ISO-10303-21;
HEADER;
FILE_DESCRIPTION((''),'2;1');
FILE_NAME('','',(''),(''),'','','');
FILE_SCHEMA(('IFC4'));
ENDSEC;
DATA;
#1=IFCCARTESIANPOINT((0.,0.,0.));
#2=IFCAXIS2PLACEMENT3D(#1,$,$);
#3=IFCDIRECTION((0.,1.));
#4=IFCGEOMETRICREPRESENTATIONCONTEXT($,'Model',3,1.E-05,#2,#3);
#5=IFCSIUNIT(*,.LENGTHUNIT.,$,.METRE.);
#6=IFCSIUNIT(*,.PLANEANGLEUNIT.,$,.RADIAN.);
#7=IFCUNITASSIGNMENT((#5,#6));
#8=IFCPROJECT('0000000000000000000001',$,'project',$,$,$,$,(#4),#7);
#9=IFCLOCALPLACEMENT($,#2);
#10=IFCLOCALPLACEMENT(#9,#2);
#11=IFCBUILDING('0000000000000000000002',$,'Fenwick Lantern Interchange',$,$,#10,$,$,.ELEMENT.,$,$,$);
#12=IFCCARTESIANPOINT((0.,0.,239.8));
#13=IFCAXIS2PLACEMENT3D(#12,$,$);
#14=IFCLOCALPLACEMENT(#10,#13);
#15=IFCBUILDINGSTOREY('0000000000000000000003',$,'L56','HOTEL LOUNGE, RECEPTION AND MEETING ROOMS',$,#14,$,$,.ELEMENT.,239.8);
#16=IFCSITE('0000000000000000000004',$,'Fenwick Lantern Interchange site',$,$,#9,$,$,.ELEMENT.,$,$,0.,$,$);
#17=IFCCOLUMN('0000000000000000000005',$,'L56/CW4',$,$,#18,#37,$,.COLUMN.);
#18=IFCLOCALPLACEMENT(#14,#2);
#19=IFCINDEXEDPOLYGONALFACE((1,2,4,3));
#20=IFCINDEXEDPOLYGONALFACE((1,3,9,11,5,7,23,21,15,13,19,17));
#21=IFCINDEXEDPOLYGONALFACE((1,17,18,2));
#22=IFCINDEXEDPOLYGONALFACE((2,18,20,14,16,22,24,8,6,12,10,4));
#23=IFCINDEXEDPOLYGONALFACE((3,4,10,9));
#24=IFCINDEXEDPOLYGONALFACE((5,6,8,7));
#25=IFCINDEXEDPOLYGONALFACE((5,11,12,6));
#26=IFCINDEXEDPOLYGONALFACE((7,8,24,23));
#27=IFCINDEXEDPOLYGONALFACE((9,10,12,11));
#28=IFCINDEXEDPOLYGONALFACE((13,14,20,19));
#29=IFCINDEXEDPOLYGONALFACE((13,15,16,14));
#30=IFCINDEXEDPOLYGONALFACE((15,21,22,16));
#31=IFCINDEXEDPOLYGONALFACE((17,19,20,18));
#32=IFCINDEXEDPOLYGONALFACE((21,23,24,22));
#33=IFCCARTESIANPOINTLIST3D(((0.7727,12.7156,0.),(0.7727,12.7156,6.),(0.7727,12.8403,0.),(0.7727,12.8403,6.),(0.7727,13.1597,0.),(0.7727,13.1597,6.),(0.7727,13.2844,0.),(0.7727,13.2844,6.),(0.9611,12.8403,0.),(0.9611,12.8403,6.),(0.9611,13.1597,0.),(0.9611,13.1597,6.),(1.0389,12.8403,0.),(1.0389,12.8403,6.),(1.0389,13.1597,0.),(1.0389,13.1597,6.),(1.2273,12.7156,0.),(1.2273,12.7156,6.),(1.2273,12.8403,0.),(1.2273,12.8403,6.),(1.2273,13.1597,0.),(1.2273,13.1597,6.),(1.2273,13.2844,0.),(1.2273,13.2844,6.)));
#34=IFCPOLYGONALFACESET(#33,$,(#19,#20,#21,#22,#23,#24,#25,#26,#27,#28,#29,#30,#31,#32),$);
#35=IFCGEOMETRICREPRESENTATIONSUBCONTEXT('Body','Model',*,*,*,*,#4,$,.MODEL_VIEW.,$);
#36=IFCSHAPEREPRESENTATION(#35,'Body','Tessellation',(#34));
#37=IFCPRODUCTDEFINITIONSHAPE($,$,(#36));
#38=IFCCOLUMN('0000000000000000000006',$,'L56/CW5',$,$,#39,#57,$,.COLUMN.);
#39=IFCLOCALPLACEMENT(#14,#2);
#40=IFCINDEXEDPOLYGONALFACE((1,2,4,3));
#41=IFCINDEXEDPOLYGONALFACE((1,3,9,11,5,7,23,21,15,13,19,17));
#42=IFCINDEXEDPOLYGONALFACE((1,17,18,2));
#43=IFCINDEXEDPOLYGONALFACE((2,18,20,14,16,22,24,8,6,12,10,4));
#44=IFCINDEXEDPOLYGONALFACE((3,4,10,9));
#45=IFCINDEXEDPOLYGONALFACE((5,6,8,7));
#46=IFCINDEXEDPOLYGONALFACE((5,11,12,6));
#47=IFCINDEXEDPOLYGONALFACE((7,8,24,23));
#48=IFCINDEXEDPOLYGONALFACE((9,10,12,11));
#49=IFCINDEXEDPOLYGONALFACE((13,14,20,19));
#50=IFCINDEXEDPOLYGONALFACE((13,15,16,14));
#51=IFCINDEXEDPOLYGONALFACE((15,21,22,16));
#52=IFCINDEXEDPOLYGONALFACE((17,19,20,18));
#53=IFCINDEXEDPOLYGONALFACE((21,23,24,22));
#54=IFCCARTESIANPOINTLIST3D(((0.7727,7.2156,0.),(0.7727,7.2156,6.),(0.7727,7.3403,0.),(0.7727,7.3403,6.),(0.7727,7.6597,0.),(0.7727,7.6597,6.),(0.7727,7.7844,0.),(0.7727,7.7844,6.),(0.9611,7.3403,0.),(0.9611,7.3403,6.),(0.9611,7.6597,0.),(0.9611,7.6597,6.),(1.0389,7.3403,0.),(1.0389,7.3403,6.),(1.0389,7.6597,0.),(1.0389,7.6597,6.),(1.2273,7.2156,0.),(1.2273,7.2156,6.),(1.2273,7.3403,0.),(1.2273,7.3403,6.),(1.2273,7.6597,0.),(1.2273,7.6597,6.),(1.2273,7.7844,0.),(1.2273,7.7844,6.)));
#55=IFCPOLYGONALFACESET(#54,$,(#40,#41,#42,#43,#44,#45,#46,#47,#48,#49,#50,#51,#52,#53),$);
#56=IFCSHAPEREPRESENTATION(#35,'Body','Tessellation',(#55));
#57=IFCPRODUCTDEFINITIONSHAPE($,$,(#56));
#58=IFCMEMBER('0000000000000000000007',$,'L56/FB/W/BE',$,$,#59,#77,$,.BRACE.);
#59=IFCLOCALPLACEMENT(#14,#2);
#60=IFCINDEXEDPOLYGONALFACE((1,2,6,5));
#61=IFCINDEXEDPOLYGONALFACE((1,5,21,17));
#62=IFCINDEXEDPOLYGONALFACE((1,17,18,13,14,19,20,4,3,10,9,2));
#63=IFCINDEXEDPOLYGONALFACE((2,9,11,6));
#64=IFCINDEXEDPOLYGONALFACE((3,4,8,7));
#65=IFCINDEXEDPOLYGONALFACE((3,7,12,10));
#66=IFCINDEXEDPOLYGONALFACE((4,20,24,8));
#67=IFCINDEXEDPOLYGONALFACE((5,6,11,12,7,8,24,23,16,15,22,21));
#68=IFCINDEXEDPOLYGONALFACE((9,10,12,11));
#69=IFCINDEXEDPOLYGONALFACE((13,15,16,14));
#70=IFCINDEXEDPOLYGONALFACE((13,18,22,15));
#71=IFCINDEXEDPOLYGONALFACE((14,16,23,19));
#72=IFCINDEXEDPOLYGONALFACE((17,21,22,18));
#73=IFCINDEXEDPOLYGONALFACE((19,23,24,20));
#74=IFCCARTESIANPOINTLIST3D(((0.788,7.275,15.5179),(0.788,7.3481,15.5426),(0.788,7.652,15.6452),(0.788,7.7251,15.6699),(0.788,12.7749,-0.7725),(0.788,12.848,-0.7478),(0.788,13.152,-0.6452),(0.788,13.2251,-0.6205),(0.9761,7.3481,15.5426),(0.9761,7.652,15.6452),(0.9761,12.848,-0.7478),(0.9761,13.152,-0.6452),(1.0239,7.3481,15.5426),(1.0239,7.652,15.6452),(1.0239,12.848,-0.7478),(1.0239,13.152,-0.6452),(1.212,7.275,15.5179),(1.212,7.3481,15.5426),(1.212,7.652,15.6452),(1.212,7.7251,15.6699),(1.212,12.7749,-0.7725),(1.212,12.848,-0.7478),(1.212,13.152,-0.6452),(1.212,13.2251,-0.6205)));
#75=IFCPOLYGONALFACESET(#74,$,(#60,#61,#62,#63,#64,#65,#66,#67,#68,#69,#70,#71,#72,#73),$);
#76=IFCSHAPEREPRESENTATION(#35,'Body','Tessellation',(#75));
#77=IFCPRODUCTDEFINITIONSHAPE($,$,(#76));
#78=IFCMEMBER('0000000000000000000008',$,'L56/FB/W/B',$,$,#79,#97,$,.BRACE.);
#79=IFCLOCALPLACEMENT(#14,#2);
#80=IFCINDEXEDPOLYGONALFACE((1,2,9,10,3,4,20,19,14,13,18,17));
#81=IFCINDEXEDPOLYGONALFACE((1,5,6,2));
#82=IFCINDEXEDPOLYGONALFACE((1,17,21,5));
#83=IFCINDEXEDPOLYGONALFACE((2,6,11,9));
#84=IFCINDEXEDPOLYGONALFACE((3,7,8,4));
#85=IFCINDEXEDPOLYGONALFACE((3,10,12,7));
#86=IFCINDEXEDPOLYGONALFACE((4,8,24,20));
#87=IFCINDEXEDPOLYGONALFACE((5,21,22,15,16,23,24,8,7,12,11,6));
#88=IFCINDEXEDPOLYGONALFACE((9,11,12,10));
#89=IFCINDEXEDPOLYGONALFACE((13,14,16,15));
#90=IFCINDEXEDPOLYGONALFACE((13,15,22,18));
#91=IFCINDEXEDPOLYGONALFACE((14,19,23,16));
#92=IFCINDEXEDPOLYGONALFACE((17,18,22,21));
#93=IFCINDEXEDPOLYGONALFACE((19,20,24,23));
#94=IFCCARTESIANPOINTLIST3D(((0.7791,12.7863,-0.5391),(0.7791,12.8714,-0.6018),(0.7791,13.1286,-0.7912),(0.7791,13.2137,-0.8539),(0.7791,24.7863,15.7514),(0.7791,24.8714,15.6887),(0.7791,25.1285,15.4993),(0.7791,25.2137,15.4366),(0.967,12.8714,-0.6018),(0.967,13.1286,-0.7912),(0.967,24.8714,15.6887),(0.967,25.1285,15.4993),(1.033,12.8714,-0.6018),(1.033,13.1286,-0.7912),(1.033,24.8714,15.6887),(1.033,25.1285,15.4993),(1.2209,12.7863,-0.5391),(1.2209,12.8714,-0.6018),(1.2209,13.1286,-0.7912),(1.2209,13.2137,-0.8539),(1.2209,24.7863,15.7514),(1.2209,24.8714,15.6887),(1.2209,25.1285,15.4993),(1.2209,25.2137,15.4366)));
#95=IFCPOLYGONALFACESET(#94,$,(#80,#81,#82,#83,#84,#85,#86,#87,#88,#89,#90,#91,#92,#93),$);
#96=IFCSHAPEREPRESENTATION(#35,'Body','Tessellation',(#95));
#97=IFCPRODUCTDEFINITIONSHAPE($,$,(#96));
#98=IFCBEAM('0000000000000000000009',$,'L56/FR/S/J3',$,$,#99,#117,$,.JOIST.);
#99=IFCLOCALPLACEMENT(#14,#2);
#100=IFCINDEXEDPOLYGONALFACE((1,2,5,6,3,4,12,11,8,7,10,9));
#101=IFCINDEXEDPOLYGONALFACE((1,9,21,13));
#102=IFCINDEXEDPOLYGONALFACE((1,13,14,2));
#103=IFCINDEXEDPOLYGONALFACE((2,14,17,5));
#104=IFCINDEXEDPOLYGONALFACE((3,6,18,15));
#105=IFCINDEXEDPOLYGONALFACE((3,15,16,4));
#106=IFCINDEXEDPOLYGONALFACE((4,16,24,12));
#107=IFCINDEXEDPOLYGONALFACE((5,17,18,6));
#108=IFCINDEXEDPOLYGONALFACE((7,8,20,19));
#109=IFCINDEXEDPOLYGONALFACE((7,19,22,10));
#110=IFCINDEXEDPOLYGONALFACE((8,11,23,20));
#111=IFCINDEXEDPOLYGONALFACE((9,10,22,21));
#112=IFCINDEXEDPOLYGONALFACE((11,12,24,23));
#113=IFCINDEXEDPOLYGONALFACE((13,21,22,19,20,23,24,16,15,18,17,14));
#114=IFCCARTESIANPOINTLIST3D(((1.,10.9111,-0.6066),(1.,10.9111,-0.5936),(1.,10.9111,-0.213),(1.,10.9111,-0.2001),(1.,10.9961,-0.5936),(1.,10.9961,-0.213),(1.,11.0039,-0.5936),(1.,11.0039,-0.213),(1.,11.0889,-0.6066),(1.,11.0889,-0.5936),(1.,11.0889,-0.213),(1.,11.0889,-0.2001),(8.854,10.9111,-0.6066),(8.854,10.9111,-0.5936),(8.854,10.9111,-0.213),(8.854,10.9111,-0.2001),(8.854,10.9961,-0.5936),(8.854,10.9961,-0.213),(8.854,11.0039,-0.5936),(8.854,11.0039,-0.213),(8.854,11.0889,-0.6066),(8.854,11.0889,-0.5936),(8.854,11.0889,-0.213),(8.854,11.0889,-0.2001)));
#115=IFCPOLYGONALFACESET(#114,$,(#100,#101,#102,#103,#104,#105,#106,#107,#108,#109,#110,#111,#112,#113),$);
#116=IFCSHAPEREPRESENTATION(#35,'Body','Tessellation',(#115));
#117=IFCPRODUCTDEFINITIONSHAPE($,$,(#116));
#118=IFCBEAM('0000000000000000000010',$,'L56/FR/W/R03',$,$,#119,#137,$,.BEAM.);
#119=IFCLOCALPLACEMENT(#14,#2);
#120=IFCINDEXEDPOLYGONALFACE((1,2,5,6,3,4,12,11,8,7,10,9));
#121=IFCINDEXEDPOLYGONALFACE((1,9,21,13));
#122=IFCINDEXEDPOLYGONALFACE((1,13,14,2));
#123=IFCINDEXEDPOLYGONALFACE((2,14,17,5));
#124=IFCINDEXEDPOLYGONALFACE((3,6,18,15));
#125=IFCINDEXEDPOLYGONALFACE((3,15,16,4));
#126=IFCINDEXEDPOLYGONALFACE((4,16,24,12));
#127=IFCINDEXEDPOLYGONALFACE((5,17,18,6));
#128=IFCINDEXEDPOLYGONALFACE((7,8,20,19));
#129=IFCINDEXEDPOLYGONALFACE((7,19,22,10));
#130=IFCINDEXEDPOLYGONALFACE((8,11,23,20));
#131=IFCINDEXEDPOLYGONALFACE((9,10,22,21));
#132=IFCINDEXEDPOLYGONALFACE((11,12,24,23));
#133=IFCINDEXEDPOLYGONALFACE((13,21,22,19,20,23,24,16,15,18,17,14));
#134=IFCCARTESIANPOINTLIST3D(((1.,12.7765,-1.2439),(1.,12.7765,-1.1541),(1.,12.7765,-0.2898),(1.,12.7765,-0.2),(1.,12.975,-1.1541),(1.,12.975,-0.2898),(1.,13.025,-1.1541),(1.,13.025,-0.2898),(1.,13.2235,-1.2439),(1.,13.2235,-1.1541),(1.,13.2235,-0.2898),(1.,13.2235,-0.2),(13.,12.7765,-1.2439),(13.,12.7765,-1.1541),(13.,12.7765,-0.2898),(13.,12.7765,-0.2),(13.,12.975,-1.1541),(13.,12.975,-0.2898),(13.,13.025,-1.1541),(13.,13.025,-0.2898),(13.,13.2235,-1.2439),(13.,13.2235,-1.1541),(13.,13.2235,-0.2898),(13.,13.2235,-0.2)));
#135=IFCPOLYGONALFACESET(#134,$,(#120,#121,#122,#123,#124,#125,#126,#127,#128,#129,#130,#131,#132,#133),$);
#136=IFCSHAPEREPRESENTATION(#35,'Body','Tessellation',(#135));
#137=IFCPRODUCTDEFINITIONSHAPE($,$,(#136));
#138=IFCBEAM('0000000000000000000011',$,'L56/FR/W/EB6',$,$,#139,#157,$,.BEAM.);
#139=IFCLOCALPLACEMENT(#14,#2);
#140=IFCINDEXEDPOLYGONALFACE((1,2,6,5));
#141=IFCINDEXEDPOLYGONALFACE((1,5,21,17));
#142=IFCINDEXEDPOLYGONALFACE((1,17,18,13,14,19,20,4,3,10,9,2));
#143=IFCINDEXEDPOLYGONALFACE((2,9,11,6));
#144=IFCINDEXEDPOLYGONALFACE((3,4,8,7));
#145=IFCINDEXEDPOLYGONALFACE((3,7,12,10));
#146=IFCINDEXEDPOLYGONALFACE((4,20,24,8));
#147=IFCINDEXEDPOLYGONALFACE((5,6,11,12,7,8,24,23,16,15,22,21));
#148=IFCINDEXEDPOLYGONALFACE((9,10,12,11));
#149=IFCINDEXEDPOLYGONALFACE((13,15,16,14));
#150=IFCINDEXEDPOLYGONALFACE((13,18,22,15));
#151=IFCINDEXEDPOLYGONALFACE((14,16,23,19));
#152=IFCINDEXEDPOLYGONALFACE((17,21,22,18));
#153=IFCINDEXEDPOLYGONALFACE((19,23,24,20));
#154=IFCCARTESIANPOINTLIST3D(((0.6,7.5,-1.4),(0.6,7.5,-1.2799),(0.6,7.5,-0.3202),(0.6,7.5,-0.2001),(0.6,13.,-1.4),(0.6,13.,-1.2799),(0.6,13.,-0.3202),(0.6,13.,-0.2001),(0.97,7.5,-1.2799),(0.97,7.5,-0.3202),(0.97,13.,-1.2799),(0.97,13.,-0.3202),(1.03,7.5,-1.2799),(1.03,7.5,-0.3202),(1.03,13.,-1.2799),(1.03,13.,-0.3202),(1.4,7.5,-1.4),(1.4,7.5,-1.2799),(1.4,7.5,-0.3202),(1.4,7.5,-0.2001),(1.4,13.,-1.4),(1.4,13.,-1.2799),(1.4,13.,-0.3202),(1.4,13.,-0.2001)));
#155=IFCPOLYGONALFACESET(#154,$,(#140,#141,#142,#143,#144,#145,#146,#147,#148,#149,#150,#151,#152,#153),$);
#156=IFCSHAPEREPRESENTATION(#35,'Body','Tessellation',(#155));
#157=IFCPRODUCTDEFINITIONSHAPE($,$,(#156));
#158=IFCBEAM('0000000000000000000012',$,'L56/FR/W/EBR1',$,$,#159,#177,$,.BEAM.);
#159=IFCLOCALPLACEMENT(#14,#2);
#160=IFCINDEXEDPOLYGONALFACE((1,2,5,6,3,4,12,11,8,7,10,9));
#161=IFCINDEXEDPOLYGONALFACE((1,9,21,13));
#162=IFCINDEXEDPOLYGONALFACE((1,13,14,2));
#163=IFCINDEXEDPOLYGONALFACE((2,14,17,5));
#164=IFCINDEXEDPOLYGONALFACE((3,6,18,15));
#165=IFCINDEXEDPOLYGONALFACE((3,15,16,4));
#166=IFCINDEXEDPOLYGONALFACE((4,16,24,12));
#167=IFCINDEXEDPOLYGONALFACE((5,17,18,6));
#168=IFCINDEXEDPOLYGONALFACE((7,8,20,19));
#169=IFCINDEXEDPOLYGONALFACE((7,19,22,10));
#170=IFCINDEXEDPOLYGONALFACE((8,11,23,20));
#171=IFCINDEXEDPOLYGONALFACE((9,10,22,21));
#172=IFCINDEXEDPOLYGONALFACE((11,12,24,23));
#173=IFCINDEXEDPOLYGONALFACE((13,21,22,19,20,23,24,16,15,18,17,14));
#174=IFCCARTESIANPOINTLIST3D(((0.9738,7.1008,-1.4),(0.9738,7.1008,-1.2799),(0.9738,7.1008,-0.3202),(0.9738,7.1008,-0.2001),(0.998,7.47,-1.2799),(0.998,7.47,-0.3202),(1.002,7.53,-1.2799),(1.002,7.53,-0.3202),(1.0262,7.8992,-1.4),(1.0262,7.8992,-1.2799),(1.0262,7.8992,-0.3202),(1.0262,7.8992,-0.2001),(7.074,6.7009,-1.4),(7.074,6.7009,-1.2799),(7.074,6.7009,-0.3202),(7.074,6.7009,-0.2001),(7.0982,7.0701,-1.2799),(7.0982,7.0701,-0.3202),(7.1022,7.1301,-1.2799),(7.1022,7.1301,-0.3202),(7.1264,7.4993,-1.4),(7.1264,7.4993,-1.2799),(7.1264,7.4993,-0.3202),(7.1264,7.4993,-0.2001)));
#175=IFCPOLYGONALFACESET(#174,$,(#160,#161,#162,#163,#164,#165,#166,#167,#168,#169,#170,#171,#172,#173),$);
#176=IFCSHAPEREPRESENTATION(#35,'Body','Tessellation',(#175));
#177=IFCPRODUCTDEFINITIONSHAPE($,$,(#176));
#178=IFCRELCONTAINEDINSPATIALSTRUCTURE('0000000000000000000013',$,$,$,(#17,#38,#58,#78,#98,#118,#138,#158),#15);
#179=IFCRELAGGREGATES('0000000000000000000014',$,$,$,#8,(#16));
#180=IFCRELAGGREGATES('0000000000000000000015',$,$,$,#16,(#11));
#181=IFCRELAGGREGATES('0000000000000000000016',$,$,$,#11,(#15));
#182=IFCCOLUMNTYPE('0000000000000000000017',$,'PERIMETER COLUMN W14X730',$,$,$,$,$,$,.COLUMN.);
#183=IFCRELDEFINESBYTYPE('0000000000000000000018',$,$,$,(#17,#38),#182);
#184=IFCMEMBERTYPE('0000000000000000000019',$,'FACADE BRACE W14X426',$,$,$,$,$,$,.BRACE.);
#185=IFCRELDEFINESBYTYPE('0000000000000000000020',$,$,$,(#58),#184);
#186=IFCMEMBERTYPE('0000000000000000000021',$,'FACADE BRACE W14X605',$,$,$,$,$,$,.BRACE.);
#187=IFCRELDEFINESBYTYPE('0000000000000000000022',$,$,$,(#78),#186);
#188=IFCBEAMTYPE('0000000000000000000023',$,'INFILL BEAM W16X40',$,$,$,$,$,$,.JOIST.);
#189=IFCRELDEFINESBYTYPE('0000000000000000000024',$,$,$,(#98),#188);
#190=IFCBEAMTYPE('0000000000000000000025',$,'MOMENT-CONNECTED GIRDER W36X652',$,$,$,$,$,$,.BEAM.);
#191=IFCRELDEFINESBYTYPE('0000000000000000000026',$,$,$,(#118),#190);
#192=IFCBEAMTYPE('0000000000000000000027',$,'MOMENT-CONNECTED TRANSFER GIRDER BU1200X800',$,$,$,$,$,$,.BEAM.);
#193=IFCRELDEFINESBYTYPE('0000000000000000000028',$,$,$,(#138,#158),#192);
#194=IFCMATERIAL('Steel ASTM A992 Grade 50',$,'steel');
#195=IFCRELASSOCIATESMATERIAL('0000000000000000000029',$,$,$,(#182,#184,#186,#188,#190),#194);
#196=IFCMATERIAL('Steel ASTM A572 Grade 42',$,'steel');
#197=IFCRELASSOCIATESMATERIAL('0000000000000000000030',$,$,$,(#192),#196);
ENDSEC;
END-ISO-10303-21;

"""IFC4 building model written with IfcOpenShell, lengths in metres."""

from ifc_helpers import new_model, si_unit, direction, frame, origin, origin_2d, place, context, subcontext, project, spatial, i_section, extrude, material, material_profile, profile_set, type_object, element, save


model = new_model("IFC4")

# Units and contexts
model_context = context("Model", 3, precision=1e-05, world=origin(), true_north=direction((0.0, 1.0)))
body_context = subcontext(model_context, "Body", "Model", "MODEL_VIEW")
ifc_project = project(units=[si_unit("LENGTHUNIT", "METRE"), si_unit("PLANEANGLEUNIT", "RADIAN")], contexts=[model_context])

# Site, building, storey
site_placement = place(None, origin())
site = spatial("IfcSite", under=ifc_project, at=site_placement, Name="Fenwick Lantern Interchange site", CompositionType="ELEMENT", RefElevation=0.0)
building_placement = place(site_placement, origin())
building = spatial("IfcBuilding", under=site, at=building_placement, Name="Fenwick Lantern Interchange", CompositionType="ELEMENT")
storey_placement = place(building_placement, frame((0.0, 0.0, 239.8)))
storey = spatial("IfcBuildingStorey", under=building, at=storey_placement, Name="L56", Description="HOTEL LOUNGE, RECEPTION AND MEETING ROOMS", CompositionType="ELEMENT", Elevation=239.8)

# Columns
ifc_material_1 = material(Name="Steel ASTM A992 Grade 50", Category="steel")
ifc_material_profile_1 = material_profile(ifc_material_1, i_section(OverallWidth=0.4546, OverallDepth=0.5688, WebThickness=0.0779, FlangeThickness=0.1248, at=origin_2d()), Name="W14X730")
ifc_profile_set_1 = profile_set([ifc_material_profile_1], Name="Steel ASTM A992 Grade 50")
column_type = type_object("IfcColumnType", Name="PERIMETER COLUMN W14X730", PredefinedType="COLUMN", material=ifc_profile_set_1)
for number, where, z_axis, x_axis, name in (
    (1, (1.0, 13.0, 0.0), (0.0, 0.0, 1.0), (1.0, 0.0, 0.0), "L56/CW4"),
    (2, (1.0, 7.5, 0.0), (0.0, 0.0, 1.0), (1.0, 0.0, 0.0), "L56/CW5"),
):
    element("IfcColumn", number, at=place(storey_placement, frame(where, z_axis=z_axis, x_axis=x_axis)), inside=storey, type_object=column_type, Name=name, PredefinedType="COLUMN", context=body_context, shape_type="SweptSolid", body=[
        extrude(i_section(OverallWidth=0.4546, OverallDepth=0.5688, WebThickness=0.0779, FlangeThickness=0.1248, at=origin_2d()), origin(), (0.0, 0.0, 1.0), 6.0),
    ])

# Members
ifc_material_profile_2 = material_profile(ifc_material_1, i_section(OverallWidth=0.4241, OverallDepth=0.4751, WebThickness=0.0479, FlangeThickness=0.0771, at=origin_2d()), Name="W14X426")
ifc_profile_set_2 = profile_set([ifc_material_profile_2], Name="Steel ASTM A992 Grade 50")
member_type_1 = type_object("IfcMemberType", Name="FACADE BRACE W14X426", PredefinedType="BRACE", material=ifc_profile_set_2)
member_1_placement = place(storey_placement, frame((1.0, 13.0, -0.6965), z_axis=(0.0, -0.31988, 0.947458), x_axis=(1.0, 0.0, 0.0)))
element("IfcMember", 3, at=member_1_placement, inside=storey, type_object=member_type_1, Name="L56/FB/W/BE", PredefinedType="BRACE", context=body_context, shape_type="SweptSolid", body=[
    extrude(i_section(OverallWidth=0.4241, OverallDepth=0.4751, WebThickness=0.0479, FlangeThickness=0.0771, at=origin_2d()), origin(), (0.0, 0.0, 1.0), 17.1938),
])
ifc_material_profile_3 = material_profile(ifc_material_1, i_section(OverallWidth=0.4419, OverallDepth=0.5308, WebThickness=0.0659, FlangeThickness=0.1057, at=origin_2d()), Name="W14X605")
ifc_profile_set_3 = profile_set([ifc_material_profile_3], Name="Steel ASTM A992 Grade 50")
member_type_2 = type_object("IfcMemberType", Name="FACADE BRACE W14X605", PredefinedType="BRACE", material=ifc_profile_set_3)
member_2_placement = place(storey_placement, frame((1.0, 13.0, -0.6965), z_axis=(0.0, 0.593085, 0.80514), x_axis=(-1.0, 0.0, 0.0)))
element("IfcMember", 4, at=member_2_placement, inside=storey, type_object=member_type_2, Name="L56/FB/W/B", PredefinedType="BRACE", context=body_context, shape_type="SweptSolid", body=[
    extrude(i_section(OverallWidth=0.4419, OverallDepth=0.5308, WebThickness=0.0659, FlangeThickness=0.1057, at=origin_2d()), origin(), (0.0, 0.0, 1.0), 20.2332),
])

# Beams
ifc_material_profile_4 = material_profile(ifc_material_1, i_section(OverallWidth=0.1777, OverallDepth=0.4065, WebThickness=0.0078, FlangeThickness=0.0129, at=origin_2d()), Name="W16X40")
ifc_profile_set_4 = profile_set([ifc_material_profile_4], Name="Steel ASTM A992 Grade 50")
beam_type_1 = type_object("IfcBeamType", Name="INFILL BEAM W16X40", PredefinedType="JOIST", material=ifc_profile_set_4)
beam_1_placement = place(storey_placement, frame((1.0, 11.0, -0.4033), z_axis=(1.0, 0.0, 0.0), x_axis=(0.0, 1.0, 0.0)))
element("IfcBeam", 5, at=beam_1_placement, inside=storey, type_object=beam_type_1, Name="L56/FR/S/J3", PredefinedType="JOIST", context=body_context, shape_type="SweptSolid", body=[
    extrude(i_section(OverallWidth=0.1777, OverallDepth=0.4065, WebThickness=0.0078, FlangeThickness=0.0129, at=origin_2d()), origin(), (0.0, 0.0, 1.0), 7.854),
])
ifc_material_profile_5 = material_profile(ifc_material_1, i_section(OverallWidth=0.447, OverallDepth=1.0439, WebThickness=0.05, FlangeThickness=0.0898, at=origin_2d()), Name="W36X652")
ifc_profile_set_5 = profile_set([ifc_material_profile_5], Name="Steel ASTM A992 Grade 50")
beam_type_2 = type_object("IfcBeamType", Name="MOMENT-CONNECTED GIRDER W36X652", PredefinedType="BEAM", material=ifc_profile_set_5)
beam_2_placement = place(storey_placement, frame((1.0, 13.0, -0.7219), z_axis=(1.0, 0.0, 0.0), x_axis=(0.0, 1.0, 0.0)))
element("IfcBeam", 6, at=beam_2_placement, inside=storey, type_object=beam_type_2, Name="L56/FR/W/R03", PredefinedType="BEAM", context=body_context, shape_type="SweptSolid", body=[
    extrude(i_section(OverallWidth=0.447, OverallDepth=1.0439, WebThickness=0.05, FlangeThickness=0.0898, at=origin_2d()), origin(), (0.0, 0.0, 1.0), 12.0),
])
ifc_material_2 = material(Name="Steel ASTM A572 Grade 42", Category="steel")
ifc_material_profile_6 = material_profile(ifc_material_2, i_section(OverallWidth=0.8, OverallDepth=1.2, WebThickness=0.0601, FlangeThickness=0.1201, at=origin_2d()), Name="BU1200X800")
ifc_profile_set_6 = profile_set([ifc_material_profile_6], Name="Steel ASTM A572 Grade 42")
beam_type_3 = type_object("IfcBeamType", Name="MOMENT-CONNECTED TRANSFER GIRDER BU1200X800", PredefinedType="BEAM", material=ifc_profile_set_6)
beam_3_placement = place(storey_placement, frame((1.0, 13.0, -0.8), z_axis=(0.0, -1.0, 0.0), x_axis=(1.0, 0.0, 0.0)))
element("IfcBeam", 7, at=beam_3_placement, inside=storey, type_object=beam_type_3, Name="L56/FR/W/EB6", PredefinedType="BEAM", context=body_context, shape_type="SweptSolid", body=[
    extrude(i_section(OverallWidth=0.8, OverallDepth=1.2, WebThickness=0.0601, FlangeThickness=0.1201, at=origin_2d()), origin(), (0.0, 0.0, 1.0), 5.5),
])
beam_4_placement = place(storey_placement, frame((1.0, 7.5, -0.8), z_axis=(0.997858, -0.065416, 0.0), x_axis=(0.065416, 0.997858, 0.0)))
element("IfcBeam", 8, at=beam_4_placement, inside=storey, type_object=beam_type_3, Name="L56/FR/W/EBR1", PredefinedType="BEAM", context=body_context, shape_type="SweptSolid", body=[
    extrude(i_section(OverallWidth=0.8, OverallDepth=1.2, WebThickness=0.0601, FlangeThickness=0.1201, at=origin_2d()), origin(), (0.0, 0.0, 1.0), 6.1133),
])

save(model, "model.ifc")
